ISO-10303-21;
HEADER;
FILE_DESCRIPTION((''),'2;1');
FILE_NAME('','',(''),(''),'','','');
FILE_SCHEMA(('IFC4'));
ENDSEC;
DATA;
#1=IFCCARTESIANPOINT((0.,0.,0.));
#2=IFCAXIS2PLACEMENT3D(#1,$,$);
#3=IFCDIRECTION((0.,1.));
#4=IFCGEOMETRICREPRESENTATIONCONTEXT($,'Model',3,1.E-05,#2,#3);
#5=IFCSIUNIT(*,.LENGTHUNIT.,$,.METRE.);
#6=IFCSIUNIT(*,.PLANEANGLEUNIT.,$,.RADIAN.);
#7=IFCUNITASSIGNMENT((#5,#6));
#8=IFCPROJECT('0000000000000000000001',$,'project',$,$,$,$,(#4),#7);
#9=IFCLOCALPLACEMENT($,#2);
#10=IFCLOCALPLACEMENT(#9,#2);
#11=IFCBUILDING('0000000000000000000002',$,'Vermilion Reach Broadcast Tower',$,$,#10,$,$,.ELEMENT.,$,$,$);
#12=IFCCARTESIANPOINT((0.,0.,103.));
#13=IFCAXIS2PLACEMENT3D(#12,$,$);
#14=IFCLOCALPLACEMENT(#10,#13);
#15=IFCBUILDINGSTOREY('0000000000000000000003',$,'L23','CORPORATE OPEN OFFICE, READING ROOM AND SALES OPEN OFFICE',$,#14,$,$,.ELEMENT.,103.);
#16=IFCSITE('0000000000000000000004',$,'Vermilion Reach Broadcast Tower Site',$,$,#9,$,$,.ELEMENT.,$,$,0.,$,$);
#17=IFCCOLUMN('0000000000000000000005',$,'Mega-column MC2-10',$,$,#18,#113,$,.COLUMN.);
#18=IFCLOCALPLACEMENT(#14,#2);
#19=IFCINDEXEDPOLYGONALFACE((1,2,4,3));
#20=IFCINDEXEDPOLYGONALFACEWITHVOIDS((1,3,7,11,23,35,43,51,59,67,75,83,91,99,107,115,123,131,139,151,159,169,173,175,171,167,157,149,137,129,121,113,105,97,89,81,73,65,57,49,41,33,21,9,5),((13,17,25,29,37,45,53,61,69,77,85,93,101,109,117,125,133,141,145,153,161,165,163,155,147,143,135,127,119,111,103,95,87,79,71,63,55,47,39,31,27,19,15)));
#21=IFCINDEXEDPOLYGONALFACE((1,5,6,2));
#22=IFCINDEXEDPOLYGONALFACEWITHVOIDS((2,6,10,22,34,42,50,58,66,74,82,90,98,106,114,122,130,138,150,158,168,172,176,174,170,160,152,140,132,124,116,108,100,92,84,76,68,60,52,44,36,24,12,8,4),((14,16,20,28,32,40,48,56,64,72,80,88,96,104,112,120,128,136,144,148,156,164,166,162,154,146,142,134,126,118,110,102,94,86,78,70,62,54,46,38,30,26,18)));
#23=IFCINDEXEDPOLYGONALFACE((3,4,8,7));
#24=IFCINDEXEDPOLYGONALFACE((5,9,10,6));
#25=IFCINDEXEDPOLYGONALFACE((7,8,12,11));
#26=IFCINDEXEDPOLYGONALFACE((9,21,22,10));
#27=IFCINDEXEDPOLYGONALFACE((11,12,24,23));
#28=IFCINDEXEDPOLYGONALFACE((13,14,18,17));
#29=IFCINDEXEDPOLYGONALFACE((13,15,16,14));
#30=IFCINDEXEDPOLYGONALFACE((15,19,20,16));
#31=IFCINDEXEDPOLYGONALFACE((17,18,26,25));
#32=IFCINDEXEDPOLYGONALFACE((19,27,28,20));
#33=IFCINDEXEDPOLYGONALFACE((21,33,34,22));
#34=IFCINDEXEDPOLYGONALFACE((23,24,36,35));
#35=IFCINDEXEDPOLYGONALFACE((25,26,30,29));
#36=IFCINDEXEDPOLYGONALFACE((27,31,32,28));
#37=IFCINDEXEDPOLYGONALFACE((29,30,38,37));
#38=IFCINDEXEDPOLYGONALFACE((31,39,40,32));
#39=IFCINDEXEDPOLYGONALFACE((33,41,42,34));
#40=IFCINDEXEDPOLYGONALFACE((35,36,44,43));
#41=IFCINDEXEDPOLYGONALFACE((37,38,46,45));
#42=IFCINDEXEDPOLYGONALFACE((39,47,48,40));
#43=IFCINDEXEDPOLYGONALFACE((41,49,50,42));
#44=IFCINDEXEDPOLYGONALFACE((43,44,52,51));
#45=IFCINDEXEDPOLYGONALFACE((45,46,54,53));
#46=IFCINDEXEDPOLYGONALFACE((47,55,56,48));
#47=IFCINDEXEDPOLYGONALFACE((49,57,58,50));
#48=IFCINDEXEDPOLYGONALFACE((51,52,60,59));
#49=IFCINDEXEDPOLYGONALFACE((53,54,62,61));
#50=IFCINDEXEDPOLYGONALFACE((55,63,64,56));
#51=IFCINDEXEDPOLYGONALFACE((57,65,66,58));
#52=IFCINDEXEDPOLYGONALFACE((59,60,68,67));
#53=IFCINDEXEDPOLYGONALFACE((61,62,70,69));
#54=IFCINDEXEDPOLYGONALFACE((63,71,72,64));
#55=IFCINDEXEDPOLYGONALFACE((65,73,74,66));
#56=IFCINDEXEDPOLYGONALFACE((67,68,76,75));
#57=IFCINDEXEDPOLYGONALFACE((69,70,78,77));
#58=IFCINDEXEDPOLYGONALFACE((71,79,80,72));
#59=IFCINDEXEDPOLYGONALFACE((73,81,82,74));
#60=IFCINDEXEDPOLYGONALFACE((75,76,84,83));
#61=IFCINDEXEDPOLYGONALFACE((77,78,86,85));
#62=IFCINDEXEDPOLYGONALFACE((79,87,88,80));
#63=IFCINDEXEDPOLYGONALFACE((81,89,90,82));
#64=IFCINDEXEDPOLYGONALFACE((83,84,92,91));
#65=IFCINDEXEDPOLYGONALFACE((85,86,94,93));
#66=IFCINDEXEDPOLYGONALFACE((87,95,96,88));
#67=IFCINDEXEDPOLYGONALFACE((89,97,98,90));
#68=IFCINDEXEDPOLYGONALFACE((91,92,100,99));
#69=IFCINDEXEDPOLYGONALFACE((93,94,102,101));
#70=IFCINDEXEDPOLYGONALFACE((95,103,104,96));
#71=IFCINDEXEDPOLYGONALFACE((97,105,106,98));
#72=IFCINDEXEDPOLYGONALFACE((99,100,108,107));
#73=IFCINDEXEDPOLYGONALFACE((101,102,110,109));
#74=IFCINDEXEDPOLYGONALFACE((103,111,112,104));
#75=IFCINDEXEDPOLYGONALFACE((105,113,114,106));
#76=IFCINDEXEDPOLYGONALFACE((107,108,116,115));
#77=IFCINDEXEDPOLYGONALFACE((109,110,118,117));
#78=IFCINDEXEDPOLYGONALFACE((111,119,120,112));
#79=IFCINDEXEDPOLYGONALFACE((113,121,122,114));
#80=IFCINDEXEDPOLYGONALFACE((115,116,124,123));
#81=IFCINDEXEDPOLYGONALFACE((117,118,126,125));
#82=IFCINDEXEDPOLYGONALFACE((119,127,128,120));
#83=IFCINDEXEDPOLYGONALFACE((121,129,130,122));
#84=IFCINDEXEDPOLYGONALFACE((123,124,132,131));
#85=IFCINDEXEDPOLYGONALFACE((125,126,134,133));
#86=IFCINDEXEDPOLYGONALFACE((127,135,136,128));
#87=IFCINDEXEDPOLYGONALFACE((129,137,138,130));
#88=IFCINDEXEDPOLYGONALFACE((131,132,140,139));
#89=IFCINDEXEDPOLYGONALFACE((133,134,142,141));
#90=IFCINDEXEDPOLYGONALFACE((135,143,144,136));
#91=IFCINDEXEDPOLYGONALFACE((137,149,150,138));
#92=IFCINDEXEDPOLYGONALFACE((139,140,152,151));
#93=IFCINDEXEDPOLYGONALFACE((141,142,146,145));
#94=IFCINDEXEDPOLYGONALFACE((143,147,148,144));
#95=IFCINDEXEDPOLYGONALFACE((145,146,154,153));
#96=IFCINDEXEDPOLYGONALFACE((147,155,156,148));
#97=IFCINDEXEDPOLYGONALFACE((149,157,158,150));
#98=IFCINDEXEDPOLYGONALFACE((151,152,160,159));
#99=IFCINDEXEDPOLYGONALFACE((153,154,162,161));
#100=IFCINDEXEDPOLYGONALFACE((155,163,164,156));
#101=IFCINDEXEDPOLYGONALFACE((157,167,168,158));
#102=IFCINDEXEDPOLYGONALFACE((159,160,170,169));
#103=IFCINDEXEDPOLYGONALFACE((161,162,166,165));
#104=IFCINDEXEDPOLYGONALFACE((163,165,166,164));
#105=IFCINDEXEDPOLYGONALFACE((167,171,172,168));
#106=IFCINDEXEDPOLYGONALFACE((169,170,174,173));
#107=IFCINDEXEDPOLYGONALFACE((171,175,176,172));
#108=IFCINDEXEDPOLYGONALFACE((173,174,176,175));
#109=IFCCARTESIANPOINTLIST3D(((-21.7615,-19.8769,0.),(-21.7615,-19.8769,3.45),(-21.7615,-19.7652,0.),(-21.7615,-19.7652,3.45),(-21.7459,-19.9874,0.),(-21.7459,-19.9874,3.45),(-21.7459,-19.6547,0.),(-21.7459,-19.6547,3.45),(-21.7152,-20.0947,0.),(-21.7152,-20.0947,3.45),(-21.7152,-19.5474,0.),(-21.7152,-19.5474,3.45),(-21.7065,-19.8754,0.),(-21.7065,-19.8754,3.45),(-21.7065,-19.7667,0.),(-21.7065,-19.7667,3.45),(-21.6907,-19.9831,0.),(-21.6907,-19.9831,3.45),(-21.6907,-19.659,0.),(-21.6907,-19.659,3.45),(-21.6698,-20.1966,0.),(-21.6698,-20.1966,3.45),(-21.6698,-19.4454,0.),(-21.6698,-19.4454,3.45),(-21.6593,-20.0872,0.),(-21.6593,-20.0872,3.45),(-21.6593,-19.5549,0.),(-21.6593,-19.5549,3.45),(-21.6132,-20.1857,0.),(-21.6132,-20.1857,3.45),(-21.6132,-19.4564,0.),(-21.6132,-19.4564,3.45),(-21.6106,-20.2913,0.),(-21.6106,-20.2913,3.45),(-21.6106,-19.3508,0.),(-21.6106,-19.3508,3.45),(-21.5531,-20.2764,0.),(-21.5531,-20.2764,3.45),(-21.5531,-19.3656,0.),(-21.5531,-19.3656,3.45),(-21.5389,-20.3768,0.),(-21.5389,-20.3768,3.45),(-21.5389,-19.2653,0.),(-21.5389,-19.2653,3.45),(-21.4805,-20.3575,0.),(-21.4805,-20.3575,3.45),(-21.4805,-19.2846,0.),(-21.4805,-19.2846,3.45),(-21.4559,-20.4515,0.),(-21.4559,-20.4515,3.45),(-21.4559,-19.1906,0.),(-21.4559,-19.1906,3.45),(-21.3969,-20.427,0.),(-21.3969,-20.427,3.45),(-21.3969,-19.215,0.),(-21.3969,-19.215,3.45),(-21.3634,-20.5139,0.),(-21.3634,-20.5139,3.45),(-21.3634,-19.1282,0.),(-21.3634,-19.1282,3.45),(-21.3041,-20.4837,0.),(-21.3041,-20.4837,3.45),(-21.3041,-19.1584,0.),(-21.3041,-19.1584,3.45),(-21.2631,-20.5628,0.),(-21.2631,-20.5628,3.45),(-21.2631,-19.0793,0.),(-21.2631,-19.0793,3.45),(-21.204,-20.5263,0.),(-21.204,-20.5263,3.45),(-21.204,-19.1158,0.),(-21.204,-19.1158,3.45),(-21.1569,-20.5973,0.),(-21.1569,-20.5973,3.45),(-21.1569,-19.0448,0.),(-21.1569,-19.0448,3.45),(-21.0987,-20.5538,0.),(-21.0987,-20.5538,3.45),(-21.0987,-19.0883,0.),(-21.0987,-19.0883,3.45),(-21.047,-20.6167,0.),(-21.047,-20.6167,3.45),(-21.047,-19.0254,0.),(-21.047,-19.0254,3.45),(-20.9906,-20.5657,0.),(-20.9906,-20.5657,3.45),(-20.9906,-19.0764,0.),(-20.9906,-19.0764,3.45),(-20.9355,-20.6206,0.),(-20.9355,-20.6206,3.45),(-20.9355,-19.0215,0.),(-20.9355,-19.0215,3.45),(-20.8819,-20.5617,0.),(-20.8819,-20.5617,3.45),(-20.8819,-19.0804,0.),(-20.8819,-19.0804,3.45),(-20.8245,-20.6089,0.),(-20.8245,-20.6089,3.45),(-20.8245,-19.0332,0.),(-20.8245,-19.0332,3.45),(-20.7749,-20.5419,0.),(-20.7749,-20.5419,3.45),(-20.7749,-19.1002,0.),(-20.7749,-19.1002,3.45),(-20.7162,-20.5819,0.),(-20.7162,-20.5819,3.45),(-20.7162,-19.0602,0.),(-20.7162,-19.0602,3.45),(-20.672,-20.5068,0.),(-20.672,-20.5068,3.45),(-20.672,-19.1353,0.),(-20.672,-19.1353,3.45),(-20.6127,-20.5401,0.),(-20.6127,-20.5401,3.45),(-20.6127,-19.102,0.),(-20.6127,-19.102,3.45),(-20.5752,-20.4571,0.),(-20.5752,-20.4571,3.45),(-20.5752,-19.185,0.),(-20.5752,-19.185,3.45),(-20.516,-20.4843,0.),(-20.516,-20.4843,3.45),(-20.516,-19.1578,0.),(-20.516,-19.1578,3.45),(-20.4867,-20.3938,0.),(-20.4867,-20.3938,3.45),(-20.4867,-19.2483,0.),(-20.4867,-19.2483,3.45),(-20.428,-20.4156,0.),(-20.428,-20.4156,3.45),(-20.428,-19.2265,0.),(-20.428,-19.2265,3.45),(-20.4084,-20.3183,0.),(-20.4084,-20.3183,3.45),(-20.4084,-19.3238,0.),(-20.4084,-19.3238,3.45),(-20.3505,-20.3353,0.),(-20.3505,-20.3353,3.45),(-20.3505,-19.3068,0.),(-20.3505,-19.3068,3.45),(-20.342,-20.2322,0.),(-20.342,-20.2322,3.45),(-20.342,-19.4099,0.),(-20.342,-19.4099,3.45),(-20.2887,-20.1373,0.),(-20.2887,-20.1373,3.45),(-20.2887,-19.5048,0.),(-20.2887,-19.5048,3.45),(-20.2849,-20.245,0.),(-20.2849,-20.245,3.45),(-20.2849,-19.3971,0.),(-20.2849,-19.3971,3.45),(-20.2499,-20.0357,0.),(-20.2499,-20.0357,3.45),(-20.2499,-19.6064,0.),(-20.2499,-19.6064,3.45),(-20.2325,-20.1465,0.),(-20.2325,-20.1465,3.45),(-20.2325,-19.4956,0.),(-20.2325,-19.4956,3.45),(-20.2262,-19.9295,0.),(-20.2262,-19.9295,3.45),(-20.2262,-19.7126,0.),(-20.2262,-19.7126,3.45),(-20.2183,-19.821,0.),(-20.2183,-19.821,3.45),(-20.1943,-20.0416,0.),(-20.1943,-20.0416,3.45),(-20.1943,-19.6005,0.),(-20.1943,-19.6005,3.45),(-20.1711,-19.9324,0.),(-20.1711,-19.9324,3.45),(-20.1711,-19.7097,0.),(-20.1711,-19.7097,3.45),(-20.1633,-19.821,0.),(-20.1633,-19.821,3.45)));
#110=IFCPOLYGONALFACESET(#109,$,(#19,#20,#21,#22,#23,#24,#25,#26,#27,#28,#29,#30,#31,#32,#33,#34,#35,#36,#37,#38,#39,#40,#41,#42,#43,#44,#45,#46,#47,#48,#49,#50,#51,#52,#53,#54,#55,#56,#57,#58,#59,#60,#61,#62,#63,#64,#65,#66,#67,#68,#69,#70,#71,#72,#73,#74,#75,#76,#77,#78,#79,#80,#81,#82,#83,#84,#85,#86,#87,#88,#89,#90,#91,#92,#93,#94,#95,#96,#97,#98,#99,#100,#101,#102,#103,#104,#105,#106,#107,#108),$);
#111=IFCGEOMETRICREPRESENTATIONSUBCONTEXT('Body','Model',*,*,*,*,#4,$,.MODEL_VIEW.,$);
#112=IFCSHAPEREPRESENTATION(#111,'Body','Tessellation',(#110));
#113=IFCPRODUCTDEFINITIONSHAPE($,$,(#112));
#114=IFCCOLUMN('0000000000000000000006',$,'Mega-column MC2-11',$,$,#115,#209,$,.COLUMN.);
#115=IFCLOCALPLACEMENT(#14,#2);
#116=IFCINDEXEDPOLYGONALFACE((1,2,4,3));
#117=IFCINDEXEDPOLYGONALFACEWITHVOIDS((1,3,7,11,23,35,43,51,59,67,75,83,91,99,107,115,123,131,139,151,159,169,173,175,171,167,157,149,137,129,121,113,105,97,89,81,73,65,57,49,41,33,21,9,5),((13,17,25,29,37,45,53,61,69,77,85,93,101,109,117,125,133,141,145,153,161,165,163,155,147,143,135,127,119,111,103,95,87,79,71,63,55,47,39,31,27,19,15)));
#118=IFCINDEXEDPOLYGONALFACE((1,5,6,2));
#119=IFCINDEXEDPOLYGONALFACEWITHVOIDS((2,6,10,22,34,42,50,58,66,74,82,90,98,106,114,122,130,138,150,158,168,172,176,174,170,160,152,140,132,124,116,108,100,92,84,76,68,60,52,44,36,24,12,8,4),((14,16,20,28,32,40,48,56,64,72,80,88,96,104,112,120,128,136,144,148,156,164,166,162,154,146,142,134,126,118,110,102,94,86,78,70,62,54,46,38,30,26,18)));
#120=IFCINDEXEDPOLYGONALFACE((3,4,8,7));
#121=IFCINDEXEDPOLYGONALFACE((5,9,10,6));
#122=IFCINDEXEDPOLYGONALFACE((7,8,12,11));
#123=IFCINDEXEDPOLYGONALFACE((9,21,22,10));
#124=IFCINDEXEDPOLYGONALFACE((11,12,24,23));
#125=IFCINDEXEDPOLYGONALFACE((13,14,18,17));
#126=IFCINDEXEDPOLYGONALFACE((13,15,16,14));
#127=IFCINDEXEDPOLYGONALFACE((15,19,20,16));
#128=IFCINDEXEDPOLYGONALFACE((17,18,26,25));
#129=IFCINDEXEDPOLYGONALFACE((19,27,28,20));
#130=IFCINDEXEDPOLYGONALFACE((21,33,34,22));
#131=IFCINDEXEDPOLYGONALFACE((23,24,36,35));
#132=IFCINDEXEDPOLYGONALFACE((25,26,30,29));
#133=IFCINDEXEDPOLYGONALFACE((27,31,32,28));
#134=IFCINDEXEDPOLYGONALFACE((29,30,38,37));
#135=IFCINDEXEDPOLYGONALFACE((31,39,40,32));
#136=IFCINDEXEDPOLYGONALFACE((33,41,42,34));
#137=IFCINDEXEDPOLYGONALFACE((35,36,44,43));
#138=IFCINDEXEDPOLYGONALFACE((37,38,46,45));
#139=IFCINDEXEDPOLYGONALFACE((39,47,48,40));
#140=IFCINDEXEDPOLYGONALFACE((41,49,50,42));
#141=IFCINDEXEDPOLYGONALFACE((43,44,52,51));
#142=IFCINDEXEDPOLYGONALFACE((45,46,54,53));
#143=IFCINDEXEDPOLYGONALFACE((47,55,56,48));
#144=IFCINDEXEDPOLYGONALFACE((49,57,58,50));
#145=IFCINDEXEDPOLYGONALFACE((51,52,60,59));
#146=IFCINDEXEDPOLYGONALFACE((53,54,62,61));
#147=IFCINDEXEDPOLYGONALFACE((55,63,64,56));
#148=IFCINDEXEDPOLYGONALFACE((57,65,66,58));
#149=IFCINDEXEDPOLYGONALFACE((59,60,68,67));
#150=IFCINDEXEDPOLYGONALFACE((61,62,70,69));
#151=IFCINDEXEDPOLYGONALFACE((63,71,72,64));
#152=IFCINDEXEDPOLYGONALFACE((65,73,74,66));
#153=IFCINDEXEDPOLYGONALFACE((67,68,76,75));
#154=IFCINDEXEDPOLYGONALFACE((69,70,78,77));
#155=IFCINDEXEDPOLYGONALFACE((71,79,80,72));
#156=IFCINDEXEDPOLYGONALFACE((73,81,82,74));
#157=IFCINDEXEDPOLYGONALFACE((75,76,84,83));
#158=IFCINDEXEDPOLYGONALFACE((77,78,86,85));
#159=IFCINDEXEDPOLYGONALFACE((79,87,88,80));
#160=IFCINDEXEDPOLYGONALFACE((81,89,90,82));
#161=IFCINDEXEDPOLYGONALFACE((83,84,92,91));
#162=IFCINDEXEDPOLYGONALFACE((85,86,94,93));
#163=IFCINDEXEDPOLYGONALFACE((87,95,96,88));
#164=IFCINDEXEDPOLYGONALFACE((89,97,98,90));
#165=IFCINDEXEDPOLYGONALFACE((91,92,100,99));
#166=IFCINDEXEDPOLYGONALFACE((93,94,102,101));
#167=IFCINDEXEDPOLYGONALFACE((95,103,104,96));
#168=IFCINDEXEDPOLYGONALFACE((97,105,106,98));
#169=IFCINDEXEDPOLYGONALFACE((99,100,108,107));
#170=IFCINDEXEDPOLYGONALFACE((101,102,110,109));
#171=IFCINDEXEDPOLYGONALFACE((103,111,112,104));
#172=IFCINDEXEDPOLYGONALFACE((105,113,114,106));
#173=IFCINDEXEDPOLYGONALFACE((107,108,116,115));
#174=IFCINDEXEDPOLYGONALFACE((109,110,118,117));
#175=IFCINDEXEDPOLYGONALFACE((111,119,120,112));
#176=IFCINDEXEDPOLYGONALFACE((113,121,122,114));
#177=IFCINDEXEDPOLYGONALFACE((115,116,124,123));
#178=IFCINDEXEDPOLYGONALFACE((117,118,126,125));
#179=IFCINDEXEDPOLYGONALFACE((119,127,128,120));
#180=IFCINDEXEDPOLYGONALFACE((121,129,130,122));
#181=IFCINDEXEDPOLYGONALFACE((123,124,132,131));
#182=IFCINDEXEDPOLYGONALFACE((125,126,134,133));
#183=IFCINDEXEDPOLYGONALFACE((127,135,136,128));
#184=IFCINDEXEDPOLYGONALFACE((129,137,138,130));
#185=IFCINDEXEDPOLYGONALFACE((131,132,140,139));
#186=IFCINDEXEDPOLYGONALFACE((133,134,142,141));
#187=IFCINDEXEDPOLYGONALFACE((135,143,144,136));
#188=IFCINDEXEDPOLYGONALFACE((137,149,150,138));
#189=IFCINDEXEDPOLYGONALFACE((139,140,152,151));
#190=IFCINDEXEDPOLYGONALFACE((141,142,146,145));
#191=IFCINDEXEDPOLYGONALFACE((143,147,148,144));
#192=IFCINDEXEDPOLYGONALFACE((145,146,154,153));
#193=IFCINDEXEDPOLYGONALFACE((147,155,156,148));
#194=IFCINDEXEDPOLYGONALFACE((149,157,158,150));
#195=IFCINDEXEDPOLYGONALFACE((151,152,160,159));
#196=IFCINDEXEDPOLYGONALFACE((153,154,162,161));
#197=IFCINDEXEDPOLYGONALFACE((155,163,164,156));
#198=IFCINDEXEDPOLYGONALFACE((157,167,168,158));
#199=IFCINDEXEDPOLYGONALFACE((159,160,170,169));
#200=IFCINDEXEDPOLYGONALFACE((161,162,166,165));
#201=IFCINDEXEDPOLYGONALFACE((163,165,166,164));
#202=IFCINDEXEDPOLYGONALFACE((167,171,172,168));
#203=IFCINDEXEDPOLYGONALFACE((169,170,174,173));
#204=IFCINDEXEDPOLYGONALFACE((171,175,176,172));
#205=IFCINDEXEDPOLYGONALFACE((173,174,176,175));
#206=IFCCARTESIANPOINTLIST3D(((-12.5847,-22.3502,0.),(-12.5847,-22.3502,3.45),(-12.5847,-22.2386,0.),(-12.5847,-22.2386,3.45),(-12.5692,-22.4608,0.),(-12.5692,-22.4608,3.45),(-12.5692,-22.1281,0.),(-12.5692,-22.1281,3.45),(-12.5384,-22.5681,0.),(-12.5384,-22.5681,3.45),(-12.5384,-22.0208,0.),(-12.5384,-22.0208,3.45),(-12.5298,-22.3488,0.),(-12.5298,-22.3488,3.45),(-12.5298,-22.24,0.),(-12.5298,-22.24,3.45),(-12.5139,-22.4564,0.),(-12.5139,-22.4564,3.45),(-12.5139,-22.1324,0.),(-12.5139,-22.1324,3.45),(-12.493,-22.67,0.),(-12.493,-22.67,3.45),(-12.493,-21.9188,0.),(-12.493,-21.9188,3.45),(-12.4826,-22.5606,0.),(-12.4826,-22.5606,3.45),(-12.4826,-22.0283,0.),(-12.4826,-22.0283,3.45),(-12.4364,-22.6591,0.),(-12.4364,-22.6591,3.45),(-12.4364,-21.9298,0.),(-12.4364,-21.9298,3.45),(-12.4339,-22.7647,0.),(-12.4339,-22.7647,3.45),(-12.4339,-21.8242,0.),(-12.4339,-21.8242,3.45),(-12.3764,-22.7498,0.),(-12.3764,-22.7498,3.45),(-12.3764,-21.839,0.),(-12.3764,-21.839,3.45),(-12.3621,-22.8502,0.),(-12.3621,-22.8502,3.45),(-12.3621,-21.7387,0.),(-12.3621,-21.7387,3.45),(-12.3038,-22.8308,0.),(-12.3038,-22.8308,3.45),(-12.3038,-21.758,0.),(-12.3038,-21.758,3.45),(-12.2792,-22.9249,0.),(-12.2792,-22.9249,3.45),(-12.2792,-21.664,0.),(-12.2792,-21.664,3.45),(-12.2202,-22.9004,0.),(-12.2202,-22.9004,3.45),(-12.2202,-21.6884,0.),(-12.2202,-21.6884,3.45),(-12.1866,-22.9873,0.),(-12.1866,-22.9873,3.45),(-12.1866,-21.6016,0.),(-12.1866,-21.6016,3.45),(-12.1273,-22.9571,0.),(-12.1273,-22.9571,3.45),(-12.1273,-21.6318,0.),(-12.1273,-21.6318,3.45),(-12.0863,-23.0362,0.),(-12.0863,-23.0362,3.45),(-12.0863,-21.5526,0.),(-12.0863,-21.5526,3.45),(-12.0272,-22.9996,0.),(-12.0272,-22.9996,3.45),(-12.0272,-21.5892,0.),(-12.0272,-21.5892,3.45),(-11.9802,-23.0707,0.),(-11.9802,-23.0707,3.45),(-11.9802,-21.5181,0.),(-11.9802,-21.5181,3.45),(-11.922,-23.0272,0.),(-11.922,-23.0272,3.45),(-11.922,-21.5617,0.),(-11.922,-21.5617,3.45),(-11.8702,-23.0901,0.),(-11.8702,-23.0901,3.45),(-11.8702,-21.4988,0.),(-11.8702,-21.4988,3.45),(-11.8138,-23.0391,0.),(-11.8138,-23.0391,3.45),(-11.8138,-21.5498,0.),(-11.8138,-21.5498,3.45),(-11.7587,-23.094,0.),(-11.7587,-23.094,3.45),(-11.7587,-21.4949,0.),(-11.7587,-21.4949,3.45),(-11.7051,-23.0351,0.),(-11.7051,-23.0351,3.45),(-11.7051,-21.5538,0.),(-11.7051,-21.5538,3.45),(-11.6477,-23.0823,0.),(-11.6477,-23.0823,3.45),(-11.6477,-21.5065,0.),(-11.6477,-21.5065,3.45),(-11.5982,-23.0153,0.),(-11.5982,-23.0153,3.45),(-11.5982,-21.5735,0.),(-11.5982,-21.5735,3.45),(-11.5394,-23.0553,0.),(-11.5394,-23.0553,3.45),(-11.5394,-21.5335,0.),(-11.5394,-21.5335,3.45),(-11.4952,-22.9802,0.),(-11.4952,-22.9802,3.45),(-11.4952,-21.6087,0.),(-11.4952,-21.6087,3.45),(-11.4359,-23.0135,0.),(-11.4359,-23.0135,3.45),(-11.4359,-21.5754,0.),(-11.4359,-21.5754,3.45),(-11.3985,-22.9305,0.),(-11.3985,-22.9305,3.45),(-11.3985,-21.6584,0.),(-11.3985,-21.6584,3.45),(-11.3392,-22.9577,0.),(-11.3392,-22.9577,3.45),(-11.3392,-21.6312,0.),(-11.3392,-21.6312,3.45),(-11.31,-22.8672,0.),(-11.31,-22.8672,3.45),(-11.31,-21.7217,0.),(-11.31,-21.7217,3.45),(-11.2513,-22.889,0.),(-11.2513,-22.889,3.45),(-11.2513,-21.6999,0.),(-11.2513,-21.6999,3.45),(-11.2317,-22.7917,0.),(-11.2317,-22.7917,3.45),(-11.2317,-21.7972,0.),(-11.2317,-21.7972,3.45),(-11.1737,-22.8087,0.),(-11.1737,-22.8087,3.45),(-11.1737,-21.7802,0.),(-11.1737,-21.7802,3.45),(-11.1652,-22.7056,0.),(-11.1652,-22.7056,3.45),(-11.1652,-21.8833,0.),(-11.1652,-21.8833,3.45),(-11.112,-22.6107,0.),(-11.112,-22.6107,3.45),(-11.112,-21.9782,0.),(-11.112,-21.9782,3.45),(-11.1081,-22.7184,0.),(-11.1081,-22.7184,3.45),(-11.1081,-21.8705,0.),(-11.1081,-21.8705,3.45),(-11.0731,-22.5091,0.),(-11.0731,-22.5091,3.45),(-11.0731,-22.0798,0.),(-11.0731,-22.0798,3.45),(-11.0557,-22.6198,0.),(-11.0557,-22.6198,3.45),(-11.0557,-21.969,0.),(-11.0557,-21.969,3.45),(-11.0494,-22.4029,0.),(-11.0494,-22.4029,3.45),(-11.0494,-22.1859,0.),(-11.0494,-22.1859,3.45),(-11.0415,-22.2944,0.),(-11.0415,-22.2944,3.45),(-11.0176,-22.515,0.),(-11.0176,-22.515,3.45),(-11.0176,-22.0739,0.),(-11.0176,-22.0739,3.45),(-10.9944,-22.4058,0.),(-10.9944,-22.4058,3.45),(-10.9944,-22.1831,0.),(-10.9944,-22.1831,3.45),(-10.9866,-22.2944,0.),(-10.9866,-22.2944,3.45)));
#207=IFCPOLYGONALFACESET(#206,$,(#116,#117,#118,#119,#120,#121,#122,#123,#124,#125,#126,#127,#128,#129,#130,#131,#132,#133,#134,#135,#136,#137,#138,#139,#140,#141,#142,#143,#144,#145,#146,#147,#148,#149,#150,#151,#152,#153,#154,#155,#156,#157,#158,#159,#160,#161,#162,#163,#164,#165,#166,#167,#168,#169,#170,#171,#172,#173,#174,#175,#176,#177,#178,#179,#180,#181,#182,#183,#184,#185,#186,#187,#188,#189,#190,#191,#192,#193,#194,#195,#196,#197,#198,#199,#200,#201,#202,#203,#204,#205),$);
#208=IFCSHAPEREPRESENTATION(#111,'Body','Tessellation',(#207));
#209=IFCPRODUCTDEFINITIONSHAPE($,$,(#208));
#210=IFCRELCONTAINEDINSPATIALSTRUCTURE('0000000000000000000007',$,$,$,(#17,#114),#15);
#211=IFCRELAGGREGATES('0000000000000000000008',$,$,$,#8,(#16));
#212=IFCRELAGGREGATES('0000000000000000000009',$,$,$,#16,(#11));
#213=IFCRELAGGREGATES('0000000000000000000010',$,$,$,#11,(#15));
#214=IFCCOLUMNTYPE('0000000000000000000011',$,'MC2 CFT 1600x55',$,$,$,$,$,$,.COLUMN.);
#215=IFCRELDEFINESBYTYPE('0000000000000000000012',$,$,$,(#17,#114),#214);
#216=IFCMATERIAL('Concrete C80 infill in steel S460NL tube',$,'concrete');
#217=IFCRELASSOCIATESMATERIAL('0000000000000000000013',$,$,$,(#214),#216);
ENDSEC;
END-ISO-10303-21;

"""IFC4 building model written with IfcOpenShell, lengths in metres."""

from ifc_helpers import new_model, si_unit, direction, frame, origin, origin_2d, place, context, subcontext, project, spatial, hollow_circle, extrude, material, material_profile, profile_set, type_object, element, save


model = new_model("IFC4")

# Units and contexts
model_context = context("Model", 3, precision=1e-05, world=origin(), true_north=direction((0.0, 1.0)))
body_context = subcontext(model_context, "Body", "Model", "MODEL_VIEW")
ifc_project = project(units=[si_unit("LENGTHUNIT", "METRE"), si_unit("PLANEANGLEUNIT", "RADIAN")], contexts=[model_context])

# Site, building, storey
site_placement = place(None, origin())
site = spatial("IfcSite", under=ifc_project, at=site_placement, Name="Vermilion Reach Broadcast Tower Site", CompositionType="ELEMENT", RefElevation=0.0)
building_placement = place(site_placement, origin())
building = spatial("IfcBuilding", under=site, at=building_placement, Name="Vermilion Reach Broadcast Tower", CompositionType="ELEMENT")
storey_placement = place(building_placement, frame((0.0, 0.0, 103.0)))
storey = spatial("IfcBuildingStorey", under=building, at=storey_placement, Name="L23", Description="CORPORATE OPEN OFFICE, READING ROOM AND SALES OPEN OFFICE", CompositionType="ELEMENT", Elevation=103.0)

# Columns
ifc_material_1 = material(Name="Concrete C80 infill in steel S460NL tube", Category="concrete")
ifc_material_profile_1 = material_profile(ifc_material_1, hollow_circle(Radius=0.8, WallThickness=0.0549, at=origin_2d()), Name="Concrete C80 infill in steel S460NL tube CFT 1600x55")
ifc_profile_set_1 = profile_set([ifc_material_profile_1], Name="Concrete C80 infill in steel S460NL tube")
column_type = type_object("IfcColumnType", Name="MC2 CFT 1600x55", PredefinedType="COLUMN", material=ifc_profile_set_1)
for number, where, z_axis, x_axis, name in (
    (1, (-20.9634, -19.821, 0.0), (0.0, 0.0, 1.0), (1.0, 0.0, 0.0), "Mega-column MC2-10"),
    (2, (-11.7866, -22.2944, 0.0), (0.0, 0.0, 1.0), (1.0, 0.0, 0.0), "Mega-column MC2-11"),
):
    element("IfcColumn", number, at=place(storey_placement, frame(where, z_axis=z_axis, x_axis=x_axis)), inside=storey, type_object=column_type, Name=name, PredefinedType="COLUMN", context=body_context, shape_type="SweptSolid", body=[
        extrude(hollow_circle(Radius=0.8, WallThickness=0.0549, at=origin_2d()), origin(), (0.0, 0.0, 1.0), 3.45),
    ])

save(model, "model.ifc")
